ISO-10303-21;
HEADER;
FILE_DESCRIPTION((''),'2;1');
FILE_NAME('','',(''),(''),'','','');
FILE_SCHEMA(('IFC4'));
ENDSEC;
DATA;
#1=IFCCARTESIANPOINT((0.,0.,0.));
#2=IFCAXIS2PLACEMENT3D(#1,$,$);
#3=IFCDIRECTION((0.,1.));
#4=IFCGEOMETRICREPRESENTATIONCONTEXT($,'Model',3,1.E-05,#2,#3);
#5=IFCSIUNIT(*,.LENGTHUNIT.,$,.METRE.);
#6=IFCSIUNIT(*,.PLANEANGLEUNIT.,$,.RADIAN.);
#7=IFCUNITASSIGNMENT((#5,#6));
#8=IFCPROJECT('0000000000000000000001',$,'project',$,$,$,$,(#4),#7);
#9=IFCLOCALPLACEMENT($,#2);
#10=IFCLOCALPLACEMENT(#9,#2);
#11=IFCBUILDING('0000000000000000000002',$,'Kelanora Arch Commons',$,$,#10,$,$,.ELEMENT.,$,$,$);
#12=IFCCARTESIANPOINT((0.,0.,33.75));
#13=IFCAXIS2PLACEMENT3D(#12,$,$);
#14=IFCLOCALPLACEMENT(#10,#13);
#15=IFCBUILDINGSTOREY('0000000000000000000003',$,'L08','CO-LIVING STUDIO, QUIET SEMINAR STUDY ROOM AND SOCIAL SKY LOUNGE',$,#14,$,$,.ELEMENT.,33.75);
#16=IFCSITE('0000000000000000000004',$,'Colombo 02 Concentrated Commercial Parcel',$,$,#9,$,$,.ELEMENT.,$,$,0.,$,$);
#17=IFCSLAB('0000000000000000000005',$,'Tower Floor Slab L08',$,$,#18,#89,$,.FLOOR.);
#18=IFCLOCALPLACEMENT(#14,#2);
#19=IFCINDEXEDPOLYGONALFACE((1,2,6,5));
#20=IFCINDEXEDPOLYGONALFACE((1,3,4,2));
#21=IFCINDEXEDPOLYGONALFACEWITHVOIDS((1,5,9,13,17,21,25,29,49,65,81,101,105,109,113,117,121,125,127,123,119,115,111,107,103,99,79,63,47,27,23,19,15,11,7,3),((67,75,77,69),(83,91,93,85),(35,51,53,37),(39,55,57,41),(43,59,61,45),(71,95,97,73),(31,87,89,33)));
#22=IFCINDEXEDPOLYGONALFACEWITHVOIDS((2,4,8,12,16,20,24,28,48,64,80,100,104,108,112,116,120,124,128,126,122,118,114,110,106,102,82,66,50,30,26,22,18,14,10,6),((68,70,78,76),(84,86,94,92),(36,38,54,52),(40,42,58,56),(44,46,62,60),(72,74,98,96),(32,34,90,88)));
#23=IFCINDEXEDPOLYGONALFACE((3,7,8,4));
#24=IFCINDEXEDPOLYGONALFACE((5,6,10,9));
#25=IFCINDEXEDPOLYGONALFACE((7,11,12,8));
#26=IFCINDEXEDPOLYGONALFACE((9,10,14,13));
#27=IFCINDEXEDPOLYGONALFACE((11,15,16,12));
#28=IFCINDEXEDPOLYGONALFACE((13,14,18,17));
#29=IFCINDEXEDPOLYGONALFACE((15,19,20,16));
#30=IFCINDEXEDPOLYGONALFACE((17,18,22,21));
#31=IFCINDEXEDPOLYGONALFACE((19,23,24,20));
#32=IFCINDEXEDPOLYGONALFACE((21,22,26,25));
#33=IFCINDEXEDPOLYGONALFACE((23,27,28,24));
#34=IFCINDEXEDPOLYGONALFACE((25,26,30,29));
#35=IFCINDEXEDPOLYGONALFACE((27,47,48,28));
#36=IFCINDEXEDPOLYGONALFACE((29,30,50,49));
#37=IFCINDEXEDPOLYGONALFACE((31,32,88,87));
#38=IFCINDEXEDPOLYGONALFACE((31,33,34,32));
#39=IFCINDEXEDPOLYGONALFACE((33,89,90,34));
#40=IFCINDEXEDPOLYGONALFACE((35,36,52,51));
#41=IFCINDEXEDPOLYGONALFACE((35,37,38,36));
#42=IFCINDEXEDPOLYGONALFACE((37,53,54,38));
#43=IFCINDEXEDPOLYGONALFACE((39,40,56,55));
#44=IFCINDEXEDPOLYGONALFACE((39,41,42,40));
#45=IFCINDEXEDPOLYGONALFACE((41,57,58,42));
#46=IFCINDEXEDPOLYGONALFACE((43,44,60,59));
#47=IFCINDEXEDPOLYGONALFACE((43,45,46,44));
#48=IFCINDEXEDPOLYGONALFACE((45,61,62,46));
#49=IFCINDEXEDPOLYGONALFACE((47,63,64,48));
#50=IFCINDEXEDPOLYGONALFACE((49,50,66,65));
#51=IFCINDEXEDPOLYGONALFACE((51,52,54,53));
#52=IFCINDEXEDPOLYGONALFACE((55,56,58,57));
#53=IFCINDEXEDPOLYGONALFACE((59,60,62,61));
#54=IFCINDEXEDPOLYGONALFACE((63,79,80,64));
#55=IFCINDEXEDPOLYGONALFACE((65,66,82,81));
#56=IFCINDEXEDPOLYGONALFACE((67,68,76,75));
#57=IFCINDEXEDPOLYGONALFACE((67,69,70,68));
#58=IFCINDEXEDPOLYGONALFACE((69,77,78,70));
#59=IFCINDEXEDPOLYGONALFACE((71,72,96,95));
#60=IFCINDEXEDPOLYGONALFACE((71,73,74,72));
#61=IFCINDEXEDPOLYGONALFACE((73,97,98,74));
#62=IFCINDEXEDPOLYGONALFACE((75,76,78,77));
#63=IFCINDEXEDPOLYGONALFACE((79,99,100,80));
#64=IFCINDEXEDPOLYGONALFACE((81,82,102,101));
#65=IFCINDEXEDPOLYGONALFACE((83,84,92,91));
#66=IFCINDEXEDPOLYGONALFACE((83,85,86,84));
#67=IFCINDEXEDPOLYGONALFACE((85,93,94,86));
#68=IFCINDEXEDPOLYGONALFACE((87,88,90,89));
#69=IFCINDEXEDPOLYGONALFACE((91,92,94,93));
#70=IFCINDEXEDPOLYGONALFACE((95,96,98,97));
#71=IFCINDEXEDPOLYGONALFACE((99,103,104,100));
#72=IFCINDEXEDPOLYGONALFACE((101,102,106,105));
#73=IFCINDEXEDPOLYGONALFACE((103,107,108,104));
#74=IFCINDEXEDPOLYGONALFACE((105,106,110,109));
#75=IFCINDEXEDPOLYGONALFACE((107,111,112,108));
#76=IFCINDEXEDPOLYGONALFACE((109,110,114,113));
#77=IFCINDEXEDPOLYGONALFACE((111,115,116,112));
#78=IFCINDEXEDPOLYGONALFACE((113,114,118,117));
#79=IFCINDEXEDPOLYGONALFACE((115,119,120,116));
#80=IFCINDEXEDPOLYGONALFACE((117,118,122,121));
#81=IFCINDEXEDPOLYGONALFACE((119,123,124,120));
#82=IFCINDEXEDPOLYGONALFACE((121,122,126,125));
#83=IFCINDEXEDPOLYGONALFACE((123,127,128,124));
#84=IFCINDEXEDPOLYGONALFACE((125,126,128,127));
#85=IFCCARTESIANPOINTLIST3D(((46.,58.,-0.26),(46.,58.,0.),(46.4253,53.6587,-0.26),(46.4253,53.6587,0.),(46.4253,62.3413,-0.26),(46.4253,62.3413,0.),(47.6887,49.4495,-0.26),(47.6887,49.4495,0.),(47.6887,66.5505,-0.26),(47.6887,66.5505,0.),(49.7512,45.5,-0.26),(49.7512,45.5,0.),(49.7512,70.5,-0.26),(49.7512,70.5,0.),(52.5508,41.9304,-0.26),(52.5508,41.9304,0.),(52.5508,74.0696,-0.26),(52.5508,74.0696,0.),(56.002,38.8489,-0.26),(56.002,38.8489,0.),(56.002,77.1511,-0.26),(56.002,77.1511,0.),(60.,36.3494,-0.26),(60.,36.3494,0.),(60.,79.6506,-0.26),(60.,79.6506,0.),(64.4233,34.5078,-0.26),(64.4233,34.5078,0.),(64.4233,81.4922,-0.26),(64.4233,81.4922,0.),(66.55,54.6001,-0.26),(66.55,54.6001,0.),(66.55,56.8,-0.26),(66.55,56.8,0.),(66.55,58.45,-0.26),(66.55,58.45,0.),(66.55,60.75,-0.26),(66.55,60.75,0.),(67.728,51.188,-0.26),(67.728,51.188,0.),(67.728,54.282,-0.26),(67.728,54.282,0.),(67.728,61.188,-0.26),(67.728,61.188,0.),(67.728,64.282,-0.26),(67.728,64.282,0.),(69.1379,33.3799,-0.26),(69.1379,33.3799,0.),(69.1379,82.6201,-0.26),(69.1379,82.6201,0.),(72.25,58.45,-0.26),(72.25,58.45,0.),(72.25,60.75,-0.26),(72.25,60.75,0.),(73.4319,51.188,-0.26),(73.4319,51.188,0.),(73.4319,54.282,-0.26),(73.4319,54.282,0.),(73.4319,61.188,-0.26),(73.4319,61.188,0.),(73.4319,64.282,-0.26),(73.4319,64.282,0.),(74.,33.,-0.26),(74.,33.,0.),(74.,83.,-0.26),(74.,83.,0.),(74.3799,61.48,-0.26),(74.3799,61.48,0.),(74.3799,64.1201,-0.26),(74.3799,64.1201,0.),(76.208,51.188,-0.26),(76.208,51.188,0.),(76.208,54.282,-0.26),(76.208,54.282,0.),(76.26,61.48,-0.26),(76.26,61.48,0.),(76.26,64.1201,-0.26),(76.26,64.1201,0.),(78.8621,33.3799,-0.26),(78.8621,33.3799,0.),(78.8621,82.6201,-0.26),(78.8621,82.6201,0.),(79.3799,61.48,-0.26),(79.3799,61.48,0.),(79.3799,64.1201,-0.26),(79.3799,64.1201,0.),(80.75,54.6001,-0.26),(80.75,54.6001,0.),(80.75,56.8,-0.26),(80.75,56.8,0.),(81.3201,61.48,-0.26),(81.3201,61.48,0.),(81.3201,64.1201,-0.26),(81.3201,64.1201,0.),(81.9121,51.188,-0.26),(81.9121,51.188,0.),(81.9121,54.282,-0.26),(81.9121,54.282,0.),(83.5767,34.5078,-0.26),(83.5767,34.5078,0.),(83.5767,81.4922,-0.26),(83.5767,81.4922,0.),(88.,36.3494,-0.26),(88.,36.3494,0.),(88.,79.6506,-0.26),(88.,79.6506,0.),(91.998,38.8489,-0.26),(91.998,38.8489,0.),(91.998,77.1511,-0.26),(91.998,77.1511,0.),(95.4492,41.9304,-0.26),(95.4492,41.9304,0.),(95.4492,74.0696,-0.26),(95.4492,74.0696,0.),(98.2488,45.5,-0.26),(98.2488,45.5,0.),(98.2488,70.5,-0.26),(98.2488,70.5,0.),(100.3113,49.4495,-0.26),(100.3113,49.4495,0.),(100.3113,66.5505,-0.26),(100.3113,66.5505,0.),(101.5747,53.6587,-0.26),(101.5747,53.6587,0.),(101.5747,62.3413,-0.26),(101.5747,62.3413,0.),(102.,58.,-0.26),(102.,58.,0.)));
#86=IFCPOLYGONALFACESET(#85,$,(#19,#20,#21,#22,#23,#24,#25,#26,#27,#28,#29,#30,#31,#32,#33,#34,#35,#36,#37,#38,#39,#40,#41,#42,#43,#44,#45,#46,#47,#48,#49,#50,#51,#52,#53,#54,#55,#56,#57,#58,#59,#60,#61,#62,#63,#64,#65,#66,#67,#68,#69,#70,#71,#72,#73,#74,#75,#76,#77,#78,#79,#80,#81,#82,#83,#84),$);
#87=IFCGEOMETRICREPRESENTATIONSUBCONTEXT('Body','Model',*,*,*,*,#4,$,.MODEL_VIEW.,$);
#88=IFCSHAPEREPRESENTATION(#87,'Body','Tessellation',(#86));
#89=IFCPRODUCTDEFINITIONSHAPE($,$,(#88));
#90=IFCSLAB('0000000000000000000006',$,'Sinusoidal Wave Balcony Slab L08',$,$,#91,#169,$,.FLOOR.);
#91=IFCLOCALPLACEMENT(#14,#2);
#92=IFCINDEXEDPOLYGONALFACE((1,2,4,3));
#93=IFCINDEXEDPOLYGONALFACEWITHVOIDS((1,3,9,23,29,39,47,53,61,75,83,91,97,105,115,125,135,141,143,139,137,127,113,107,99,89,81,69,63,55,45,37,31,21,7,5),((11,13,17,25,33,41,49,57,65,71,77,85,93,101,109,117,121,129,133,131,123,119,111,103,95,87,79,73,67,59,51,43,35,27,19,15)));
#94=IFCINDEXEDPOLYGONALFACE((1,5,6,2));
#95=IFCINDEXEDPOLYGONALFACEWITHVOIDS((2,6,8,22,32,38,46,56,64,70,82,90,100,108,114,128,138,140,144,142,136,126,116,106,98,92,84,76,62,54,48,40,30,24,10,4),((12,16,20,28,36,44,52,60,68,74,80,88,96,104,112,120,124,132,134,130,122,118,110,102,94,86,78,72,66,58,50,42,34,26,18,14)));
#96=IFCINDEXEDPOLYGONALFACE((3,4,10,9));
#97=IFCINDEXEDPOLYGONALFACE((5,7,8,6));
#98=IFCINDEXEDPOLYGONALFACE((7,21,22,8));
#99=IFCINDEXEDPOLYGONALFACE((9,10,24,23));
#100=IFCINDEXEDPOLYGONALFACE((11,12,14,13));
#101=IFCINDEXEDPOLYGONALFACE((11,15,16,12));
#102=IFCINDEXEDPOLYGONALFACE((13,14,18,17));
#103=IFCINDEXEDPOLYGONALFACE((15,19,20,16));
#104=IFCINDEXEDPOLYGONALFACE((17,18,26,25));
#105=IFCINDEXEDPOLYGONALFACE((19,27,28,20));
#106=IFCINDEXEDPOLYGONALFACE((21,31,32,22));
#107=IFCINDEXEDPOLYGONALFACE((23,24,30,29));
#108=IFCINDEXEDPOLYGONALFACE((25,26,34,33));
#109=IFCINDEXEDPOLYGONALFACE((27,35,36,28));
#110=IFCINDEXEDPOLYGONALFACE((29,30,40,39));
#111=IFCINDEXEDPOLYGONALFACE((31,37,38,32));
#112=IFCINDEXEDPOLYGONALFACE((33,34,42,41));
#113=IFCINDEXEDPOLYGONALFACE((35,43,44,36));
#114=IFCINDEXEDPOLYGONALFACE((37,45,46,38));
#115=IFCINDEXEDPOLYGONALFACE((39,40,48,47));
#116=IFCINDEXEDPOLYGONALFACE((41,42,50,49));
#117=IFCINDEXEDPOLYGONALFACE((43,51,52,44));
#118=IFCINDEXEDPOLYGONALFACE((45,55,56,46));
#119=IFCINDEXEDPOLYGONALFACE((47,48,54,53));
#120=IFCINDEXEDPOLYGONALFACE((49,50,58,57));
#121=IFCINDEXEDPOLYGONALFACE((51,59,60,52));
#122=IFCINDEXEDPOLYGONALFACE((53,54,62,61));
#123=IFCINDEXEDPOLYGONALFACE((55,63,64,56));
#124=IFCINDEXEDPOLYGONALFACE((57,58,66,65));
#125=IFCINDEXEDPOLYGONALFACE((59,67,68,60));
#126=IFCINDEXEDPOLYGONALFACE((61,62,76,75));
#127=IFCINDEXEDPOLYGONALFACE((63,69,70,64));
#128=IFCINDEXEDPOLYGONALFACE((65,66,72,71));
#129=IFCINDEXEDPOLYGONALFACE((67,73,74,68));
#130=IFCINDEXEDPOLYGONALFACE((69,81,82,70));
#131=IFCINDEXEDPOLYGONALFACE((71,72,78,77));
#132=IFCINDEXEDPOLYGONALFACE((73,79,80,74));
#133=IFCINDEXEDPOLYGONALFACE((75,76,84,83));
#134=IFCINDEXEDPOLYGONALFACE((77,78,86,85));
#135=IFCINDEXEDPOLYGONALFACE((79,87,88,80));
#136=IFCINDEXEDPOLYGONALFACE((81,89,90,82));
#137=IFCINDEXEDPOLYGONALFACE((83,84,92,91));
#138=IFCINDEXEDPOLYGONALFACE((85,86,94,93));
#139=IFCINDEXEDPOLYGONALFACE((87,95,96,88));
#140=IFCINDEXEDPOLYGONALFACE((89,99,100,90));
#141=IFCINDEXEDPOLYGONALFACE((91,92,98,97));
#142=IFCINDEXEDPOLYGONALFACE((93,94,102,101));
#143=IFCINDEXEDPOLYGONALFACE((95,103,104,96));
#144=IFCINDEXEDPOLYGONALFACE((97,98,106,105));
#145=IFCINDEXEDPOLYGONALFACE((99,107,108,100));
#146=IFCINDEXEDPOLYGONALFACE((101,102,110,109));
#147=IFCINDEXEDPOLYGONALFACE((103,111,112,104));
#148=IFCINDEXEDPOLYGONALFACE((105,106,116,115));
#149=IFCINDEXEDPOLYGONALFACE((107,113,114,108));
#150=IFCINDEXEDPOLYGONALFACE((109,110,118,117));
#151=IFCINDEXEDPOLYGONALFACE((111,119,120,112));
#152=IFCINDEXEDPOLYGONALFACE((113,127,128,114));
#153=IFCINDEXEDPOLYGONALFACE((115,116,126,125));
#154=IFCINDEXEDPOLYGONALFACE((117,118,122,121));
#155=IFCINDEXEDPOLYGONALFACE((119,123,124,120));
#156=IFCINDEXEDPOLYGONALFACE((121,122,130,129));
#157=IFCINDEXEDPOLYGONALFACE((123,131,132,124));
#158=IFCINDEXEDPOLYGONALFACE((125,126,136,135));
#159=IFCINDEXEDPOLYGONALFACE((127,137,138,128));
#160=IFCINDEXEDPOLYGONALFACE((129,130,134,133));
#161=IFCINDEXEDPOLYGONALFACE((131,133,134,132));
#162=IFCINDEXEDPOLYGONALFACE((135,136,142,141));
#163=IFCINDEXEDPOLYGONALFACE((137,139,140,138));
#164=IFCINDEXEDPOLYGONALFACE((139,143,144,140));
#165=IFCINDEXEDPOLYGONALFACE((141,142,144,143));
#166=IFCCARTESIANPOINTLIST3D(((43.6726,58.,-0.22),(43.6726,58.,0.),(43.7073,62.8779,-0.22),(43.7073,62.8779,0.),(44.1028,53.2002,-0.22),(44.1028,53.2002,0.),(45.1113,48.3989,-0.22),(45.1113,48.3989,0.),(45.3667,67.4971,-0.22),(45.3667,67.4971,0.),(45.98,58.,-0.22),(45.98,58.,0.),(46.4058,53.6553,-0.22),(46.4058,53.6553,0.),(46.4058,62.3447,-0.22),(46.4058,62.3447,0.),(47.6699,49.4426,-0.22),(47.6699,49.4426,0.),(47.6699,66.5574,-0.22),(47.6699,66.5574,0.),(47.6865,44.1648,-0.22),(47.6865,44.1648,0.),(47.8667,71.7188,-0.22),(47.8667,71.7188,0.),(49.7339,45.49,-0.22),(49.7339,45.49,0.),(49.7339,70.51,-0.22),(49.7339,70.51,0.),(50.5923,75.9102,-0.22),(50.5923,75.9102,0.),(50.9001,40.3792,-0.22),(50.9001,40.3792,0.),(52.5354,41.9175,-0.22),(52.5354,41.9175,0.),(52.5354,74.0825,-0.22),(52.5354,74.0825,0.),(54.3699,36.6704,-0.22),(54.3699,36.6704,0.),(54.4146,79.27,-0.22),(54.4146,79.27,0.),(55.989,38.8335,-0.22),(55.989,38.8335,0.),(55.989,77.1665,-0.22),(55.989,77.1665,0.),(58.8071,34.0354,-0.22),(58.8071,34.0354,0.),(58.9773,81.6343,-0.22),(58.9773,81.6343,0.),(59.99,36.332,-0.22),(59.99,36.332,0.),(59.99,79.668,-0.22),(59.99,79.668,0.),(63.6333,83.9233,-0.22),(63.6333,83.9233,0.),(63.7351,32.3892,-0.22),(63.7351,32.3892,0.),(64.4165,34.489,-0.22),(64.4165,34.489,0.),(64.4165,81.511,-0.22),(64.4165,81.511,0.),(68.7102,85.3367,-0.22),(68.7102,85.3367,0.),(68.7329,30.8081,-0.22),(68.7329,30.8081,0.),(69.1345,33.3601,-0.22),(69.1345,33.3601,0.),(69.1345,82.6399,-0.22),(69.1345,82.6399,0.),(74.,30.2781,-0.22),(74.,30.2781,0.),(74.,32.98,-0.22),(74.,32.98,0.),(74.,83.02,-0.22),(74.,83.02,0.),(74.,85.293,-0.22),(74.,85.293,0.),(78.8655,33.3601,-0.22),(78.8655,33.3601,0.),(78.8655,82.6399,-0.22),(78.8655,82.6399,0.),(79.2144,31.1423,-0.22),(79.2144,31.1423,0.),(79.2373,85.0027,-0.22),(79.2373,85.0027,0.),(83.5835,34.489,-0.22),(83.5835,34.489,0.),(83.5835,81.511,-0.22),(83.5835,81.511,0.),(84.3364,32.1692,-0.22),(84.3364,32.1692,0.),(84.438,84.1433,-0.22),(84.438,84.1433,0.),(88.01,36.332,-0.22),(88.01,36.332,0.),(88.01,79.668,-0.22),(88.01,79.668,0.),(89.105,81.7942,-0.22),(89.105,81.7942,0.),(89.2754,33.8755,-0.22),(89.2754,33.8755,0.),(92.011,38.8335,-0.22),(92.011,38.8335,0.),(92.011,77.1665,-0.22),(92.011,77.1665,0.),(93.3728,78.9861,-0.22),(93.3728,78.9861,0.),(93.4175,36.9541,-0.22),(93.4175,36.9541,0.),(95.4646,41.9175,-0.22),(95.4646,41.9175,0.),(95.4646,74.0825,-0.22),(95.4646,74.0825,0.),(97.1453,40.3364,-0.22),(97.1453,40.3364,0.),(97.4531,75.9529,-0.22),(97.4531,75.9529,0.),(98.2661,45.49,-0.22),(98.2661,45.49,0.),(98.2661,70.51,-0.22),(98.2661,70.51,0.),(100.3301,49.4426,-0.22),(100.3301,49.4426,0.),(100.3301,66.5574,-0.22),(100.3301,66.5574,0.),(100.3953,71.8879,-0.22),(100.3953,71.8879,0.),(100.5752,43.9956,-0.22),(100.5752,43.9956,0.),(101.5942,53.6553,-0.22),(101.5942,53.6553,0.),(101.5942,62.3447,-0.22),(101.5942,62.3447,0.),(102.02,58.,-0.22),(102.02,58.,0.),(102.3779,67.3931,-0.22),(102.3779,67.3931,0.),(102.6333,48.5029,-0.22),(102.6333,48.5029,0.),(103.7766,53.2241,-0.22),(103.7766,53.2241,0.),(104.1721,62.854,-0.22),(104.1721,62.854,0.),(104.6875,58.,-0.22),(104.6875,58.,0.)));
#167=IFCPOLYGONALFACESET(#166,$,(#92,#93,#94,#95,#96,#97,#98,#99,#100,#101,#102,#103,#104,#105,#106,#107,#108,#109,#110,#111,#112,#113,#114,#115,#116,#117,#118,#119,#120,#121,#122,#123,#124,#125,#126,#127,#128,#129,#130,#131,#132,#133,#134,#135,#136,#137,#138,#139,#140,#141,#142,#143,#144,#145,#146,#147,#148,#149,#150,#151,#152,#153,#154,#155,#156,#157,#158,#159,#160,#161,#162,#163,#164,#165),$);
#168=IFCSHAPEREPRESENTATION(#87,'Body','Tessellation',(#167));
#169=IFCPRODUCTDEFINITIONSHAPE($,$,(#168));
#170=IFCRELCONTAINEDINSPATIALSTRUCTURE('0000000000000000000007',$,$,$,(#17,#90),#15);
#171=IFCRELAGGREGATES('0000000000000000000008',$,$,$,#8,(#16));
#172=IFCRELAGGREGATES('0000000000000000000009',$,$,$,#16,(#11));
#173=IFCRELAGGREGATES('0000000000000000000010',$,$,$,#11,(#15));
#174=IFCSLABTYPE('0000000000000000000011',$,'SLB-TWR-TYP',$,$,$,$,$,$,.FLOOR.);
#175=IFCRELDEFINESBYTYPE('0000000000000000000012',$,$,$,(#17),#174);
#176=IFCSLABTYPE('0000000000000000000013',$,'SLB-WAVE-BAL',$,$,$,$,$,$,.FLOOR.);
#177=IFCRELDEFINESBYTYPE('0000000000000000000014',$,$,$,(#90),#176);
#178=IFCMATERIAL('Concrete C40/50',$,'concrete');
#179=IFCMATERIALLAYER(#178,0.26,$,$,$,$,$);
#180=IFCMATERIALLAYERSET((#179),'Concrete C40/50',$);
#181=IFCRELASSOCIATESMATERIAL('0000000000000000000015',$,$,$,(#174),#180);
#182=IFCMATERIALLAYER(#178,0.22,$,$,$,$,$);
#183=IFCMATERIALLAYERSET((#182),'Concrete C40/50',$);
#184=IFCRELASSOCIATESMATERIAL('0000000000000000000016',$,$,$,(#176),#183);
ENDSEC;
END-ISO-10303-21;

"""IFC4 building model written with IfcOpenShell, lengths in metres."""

from ifc_helpers import new_model, si_unit, direction, frame, origin, place, context, subcontext, project, spatial, polyline, outline, extrude, material, layer, layer_set, type_object, element, save


model = new_model("IFC4")

# Units and contexts
model_context = context("Model", 3, precision=1e-05, world=origin(), true_north=direction((0.0, 1.0)))
body_context = subcontext(model_context, "Body", "Model", "MODEL_VIEW")
ifc_project = project(units=[si_unit("LENGTHUNIT", "METRE"), si_unit("PLANEANGLEUNIT", "RADIAN")], contexts=[model_context])

# Site, building, storey
site_placement = place(None, origin())
site = spatial("IfcSite", under=ifc_project, at=site_placement, Name="Colombo 02 Concentrated Commercial Parcel", CompositionType="ELEMENT", RefElevation=0.0)
building_placement = place(site_placement, origin())
building = spatial("IfcBuilding", under=site, at=building_placement, Name="Kelanora Arch Commons", CompositionType="ELEMENT")
storey_placement = place(building_placement, frame((0.0, 0.0, 33.75)))
storey = spatial("IfcBuildingStorey", under=building, at=storey_placement, Name="L08", Description="CO-LIVING STUDIO, QUIET SEMINAR STUDY ROOM AND SOCIAL SKY LOUNGE", CompositionType="ELEMENT", Elevation=33.75)

# Shared definitions
ifc_material_1 = material(Name="Concrete C40/50", Category="concrete")

# Slabs
ifc_layer_1 = layer(ifc_material_1, 0.26)
ifc_layer_set_1 = layer_set([ifc_layer_1], Name="Concrete C40/50")
slab_type_1 = type_object("IfcSlabType", Name="SLB-TWR-TYP", PredefinedType="FLOOR", material=ifc_layer_set_1)
slab_1_placement = place(storey_placement, frame((0.0, 0.0, -0.26)))
element("IfcSlab", 1, at=slab_1_placement, inside=storey, type_object=slab_type_1, Name="Tower Floor Slab L08", PredefinedType="FLOOR", context=body_context, shape_type="SweptSolid", body=[
    extrude(outline(polyline([(102.0, 58.0), (101.5747, 62.3413), (100.3113, 66.5505), (98.2488, 70.5), (95.4492, 74.0696), (91.998, 77.1511), (88.0, 79.6506), (83.5767, 81.4922), (78.8621, 82.6201), (74.0, 83.0), (69.1379, 82.6201), (64.4233, 81.4922), (60.0, 79.6506), (56.002, 77.1511), (52.5508, 74.0696), (49.7512, 70.5), (47.6887, 66.5505), (46.4253, 62.3413), (46.0, 58.0), (46.4253, 53.6587), (47.6887, 49.4495), (49.7512, 45.5), (52.5508, 41.9304), (56.002, 38.8489), (60.0, 36.3494), (64.4233, 34.5078), (69.1379, 33.3799), (74.0, 33.0), (78.8621, 33.3799), (83.5767, 34.5078), (88.0, 36.3494), (91.998, 38.8489), (95.4492, 41.9304), (98.2488, 45.5), (100.3113, 49.4495), (101.5747, 53.6587), (102.0, 58.0)]), holes=[polyline([(73.4319, 51.188), (67.728, 51.188), (67.728, 54.282), (73.4319, 54.282), (73.4319, 51.188)]), polyline([(76.208, 51.188), (76.208, 54.282), (81.9121, 54.282), (81.9121, 51.188), (76.208, 51.188)]), polyline([(66.55, 54.6001), (66.55, 56.8), (80.75, 56.8), (80.75, 54.6001), (66.55, 54.6001)]), polyline([(66.55, 58.45), (66.55, 60.75), (72.25, 60.75), (72.25, 58.45), (66.55, 58.45)]), polyline([(67.728, 61.188), (67.728, 64.282), (73.4319, 64.282), (73.4319, 61.188), (67.728, 61.188)]), polyline([(74.3799, 61.48), (74.3799, 64.1201), (76.26, 64.1201), (76.26, 61.48), (74.3799, 61.48)]), polyline([(79.3799, 61.48), (79.3799, 64.1201), (81.3201, 64.1201), (81.3201, 61.48), (79.3799, 61.48)])]), origin(), (0.0, 0.0, 1.0), 0.26),
])
ifc_layer_2 = layer(ifc_material_1, 0.22)
ifc_layer_set_2 = layer_set([ifc_layer_2], Name="Concrete C40/50")
slab_type_2 = type_object("IfcSlabType", Name="SLB-WAVE-BAL", PredefinedType="FLOOR", material=ifc_layer_set_2)
slab_2_placement = place(storey_placement, frame((0.0, 0.0, -0.22)))
element("IfcSlab", 2, at=slab_2_placement, inside=storey, type_object=slab_type_2, Name="Sinusoidal Wave Balcony Slab L08", PredefinedType="FLOOR", context=body_context, shape_type="SweptSolid", body=[
    extrude(outline(polyline([(104.6875, 58.0), (104.1721, 62.854), (102.3779, 67.3931), (100.3953, 71.8879), (97.4531, 75.9529), (93.3728, 78.9861), (89.105, 81.7942), (84.438, 84.1433), (79.2373, 85.0027), (74.0, 85.293), (68.7102, 85.3367), (63.6333, 83.9233), (58.9773, 81.6343), (54.4146, 79.27), (50.5923, 75.9102), (47.8667, 71.7188), (45.3667, 67.4971), (43.7073, 62.8779), (43.6726, 58.0), (44.1028, 53.2002), (45.1113, 48.3989), (47.6865, 44.1648), (50.9001, 40.3792), (54.3699, 36.6704), (58.8071, 34.0354), (63.7351, 32.3892), (68.7329, 30.8081), (74.0, 30.2781), (79.2144, 31.1423), (84.3364, 32.1692), (89.2754, 33.8755), (93.4175, 36.9541), (97.1453, 40.3364), (100.5752, 43.9956), (102.6333, 48.5029), (103.7766, 53.2241), (104.6875, 58.0)]), holes=[polyline([(101.5942, 53.6553), (100.3301, 49.4426), (98.2661, 45.49), (95.4646, 41.9175), (92.011, 38.8335), (88.01, 36.332), (83.5835, 34.489), (78.8655, 33.3601), (74.0, 32.98), (69.1345, 33.3601), (64.4165, 34.489), (59.99, 36.332), (55.989, 38.8335), (52.5354, 41.9175), (49.7339, 45.49), (47.6699, 49.4426), (46.4058, 53.6553), (45.98, 58.0), (46.4058, 62.3447), (47.6699, 66.5574), (49.7339, 70.51), (52.5354, 74.0825), (55.989, 77.1665), (59.99, 79.668), (64.4165, 81.511), (69.1345, 82.6399), (74.0, 83.02), (78.8655, 82.6399), (83.5835, 81.511), (88.01, 79.668), (92.011, 77.1665), (95.4646, 74.0825), (98.2661, 70.51), (100.3301, 66.5574), (101.5942, 62.3447), (102.02, 58.0), (101.5942, 53.6553)])]), origin(), (0.0, 0.0, 1.0), 0.22),
])

save(model, "model.ifc")
